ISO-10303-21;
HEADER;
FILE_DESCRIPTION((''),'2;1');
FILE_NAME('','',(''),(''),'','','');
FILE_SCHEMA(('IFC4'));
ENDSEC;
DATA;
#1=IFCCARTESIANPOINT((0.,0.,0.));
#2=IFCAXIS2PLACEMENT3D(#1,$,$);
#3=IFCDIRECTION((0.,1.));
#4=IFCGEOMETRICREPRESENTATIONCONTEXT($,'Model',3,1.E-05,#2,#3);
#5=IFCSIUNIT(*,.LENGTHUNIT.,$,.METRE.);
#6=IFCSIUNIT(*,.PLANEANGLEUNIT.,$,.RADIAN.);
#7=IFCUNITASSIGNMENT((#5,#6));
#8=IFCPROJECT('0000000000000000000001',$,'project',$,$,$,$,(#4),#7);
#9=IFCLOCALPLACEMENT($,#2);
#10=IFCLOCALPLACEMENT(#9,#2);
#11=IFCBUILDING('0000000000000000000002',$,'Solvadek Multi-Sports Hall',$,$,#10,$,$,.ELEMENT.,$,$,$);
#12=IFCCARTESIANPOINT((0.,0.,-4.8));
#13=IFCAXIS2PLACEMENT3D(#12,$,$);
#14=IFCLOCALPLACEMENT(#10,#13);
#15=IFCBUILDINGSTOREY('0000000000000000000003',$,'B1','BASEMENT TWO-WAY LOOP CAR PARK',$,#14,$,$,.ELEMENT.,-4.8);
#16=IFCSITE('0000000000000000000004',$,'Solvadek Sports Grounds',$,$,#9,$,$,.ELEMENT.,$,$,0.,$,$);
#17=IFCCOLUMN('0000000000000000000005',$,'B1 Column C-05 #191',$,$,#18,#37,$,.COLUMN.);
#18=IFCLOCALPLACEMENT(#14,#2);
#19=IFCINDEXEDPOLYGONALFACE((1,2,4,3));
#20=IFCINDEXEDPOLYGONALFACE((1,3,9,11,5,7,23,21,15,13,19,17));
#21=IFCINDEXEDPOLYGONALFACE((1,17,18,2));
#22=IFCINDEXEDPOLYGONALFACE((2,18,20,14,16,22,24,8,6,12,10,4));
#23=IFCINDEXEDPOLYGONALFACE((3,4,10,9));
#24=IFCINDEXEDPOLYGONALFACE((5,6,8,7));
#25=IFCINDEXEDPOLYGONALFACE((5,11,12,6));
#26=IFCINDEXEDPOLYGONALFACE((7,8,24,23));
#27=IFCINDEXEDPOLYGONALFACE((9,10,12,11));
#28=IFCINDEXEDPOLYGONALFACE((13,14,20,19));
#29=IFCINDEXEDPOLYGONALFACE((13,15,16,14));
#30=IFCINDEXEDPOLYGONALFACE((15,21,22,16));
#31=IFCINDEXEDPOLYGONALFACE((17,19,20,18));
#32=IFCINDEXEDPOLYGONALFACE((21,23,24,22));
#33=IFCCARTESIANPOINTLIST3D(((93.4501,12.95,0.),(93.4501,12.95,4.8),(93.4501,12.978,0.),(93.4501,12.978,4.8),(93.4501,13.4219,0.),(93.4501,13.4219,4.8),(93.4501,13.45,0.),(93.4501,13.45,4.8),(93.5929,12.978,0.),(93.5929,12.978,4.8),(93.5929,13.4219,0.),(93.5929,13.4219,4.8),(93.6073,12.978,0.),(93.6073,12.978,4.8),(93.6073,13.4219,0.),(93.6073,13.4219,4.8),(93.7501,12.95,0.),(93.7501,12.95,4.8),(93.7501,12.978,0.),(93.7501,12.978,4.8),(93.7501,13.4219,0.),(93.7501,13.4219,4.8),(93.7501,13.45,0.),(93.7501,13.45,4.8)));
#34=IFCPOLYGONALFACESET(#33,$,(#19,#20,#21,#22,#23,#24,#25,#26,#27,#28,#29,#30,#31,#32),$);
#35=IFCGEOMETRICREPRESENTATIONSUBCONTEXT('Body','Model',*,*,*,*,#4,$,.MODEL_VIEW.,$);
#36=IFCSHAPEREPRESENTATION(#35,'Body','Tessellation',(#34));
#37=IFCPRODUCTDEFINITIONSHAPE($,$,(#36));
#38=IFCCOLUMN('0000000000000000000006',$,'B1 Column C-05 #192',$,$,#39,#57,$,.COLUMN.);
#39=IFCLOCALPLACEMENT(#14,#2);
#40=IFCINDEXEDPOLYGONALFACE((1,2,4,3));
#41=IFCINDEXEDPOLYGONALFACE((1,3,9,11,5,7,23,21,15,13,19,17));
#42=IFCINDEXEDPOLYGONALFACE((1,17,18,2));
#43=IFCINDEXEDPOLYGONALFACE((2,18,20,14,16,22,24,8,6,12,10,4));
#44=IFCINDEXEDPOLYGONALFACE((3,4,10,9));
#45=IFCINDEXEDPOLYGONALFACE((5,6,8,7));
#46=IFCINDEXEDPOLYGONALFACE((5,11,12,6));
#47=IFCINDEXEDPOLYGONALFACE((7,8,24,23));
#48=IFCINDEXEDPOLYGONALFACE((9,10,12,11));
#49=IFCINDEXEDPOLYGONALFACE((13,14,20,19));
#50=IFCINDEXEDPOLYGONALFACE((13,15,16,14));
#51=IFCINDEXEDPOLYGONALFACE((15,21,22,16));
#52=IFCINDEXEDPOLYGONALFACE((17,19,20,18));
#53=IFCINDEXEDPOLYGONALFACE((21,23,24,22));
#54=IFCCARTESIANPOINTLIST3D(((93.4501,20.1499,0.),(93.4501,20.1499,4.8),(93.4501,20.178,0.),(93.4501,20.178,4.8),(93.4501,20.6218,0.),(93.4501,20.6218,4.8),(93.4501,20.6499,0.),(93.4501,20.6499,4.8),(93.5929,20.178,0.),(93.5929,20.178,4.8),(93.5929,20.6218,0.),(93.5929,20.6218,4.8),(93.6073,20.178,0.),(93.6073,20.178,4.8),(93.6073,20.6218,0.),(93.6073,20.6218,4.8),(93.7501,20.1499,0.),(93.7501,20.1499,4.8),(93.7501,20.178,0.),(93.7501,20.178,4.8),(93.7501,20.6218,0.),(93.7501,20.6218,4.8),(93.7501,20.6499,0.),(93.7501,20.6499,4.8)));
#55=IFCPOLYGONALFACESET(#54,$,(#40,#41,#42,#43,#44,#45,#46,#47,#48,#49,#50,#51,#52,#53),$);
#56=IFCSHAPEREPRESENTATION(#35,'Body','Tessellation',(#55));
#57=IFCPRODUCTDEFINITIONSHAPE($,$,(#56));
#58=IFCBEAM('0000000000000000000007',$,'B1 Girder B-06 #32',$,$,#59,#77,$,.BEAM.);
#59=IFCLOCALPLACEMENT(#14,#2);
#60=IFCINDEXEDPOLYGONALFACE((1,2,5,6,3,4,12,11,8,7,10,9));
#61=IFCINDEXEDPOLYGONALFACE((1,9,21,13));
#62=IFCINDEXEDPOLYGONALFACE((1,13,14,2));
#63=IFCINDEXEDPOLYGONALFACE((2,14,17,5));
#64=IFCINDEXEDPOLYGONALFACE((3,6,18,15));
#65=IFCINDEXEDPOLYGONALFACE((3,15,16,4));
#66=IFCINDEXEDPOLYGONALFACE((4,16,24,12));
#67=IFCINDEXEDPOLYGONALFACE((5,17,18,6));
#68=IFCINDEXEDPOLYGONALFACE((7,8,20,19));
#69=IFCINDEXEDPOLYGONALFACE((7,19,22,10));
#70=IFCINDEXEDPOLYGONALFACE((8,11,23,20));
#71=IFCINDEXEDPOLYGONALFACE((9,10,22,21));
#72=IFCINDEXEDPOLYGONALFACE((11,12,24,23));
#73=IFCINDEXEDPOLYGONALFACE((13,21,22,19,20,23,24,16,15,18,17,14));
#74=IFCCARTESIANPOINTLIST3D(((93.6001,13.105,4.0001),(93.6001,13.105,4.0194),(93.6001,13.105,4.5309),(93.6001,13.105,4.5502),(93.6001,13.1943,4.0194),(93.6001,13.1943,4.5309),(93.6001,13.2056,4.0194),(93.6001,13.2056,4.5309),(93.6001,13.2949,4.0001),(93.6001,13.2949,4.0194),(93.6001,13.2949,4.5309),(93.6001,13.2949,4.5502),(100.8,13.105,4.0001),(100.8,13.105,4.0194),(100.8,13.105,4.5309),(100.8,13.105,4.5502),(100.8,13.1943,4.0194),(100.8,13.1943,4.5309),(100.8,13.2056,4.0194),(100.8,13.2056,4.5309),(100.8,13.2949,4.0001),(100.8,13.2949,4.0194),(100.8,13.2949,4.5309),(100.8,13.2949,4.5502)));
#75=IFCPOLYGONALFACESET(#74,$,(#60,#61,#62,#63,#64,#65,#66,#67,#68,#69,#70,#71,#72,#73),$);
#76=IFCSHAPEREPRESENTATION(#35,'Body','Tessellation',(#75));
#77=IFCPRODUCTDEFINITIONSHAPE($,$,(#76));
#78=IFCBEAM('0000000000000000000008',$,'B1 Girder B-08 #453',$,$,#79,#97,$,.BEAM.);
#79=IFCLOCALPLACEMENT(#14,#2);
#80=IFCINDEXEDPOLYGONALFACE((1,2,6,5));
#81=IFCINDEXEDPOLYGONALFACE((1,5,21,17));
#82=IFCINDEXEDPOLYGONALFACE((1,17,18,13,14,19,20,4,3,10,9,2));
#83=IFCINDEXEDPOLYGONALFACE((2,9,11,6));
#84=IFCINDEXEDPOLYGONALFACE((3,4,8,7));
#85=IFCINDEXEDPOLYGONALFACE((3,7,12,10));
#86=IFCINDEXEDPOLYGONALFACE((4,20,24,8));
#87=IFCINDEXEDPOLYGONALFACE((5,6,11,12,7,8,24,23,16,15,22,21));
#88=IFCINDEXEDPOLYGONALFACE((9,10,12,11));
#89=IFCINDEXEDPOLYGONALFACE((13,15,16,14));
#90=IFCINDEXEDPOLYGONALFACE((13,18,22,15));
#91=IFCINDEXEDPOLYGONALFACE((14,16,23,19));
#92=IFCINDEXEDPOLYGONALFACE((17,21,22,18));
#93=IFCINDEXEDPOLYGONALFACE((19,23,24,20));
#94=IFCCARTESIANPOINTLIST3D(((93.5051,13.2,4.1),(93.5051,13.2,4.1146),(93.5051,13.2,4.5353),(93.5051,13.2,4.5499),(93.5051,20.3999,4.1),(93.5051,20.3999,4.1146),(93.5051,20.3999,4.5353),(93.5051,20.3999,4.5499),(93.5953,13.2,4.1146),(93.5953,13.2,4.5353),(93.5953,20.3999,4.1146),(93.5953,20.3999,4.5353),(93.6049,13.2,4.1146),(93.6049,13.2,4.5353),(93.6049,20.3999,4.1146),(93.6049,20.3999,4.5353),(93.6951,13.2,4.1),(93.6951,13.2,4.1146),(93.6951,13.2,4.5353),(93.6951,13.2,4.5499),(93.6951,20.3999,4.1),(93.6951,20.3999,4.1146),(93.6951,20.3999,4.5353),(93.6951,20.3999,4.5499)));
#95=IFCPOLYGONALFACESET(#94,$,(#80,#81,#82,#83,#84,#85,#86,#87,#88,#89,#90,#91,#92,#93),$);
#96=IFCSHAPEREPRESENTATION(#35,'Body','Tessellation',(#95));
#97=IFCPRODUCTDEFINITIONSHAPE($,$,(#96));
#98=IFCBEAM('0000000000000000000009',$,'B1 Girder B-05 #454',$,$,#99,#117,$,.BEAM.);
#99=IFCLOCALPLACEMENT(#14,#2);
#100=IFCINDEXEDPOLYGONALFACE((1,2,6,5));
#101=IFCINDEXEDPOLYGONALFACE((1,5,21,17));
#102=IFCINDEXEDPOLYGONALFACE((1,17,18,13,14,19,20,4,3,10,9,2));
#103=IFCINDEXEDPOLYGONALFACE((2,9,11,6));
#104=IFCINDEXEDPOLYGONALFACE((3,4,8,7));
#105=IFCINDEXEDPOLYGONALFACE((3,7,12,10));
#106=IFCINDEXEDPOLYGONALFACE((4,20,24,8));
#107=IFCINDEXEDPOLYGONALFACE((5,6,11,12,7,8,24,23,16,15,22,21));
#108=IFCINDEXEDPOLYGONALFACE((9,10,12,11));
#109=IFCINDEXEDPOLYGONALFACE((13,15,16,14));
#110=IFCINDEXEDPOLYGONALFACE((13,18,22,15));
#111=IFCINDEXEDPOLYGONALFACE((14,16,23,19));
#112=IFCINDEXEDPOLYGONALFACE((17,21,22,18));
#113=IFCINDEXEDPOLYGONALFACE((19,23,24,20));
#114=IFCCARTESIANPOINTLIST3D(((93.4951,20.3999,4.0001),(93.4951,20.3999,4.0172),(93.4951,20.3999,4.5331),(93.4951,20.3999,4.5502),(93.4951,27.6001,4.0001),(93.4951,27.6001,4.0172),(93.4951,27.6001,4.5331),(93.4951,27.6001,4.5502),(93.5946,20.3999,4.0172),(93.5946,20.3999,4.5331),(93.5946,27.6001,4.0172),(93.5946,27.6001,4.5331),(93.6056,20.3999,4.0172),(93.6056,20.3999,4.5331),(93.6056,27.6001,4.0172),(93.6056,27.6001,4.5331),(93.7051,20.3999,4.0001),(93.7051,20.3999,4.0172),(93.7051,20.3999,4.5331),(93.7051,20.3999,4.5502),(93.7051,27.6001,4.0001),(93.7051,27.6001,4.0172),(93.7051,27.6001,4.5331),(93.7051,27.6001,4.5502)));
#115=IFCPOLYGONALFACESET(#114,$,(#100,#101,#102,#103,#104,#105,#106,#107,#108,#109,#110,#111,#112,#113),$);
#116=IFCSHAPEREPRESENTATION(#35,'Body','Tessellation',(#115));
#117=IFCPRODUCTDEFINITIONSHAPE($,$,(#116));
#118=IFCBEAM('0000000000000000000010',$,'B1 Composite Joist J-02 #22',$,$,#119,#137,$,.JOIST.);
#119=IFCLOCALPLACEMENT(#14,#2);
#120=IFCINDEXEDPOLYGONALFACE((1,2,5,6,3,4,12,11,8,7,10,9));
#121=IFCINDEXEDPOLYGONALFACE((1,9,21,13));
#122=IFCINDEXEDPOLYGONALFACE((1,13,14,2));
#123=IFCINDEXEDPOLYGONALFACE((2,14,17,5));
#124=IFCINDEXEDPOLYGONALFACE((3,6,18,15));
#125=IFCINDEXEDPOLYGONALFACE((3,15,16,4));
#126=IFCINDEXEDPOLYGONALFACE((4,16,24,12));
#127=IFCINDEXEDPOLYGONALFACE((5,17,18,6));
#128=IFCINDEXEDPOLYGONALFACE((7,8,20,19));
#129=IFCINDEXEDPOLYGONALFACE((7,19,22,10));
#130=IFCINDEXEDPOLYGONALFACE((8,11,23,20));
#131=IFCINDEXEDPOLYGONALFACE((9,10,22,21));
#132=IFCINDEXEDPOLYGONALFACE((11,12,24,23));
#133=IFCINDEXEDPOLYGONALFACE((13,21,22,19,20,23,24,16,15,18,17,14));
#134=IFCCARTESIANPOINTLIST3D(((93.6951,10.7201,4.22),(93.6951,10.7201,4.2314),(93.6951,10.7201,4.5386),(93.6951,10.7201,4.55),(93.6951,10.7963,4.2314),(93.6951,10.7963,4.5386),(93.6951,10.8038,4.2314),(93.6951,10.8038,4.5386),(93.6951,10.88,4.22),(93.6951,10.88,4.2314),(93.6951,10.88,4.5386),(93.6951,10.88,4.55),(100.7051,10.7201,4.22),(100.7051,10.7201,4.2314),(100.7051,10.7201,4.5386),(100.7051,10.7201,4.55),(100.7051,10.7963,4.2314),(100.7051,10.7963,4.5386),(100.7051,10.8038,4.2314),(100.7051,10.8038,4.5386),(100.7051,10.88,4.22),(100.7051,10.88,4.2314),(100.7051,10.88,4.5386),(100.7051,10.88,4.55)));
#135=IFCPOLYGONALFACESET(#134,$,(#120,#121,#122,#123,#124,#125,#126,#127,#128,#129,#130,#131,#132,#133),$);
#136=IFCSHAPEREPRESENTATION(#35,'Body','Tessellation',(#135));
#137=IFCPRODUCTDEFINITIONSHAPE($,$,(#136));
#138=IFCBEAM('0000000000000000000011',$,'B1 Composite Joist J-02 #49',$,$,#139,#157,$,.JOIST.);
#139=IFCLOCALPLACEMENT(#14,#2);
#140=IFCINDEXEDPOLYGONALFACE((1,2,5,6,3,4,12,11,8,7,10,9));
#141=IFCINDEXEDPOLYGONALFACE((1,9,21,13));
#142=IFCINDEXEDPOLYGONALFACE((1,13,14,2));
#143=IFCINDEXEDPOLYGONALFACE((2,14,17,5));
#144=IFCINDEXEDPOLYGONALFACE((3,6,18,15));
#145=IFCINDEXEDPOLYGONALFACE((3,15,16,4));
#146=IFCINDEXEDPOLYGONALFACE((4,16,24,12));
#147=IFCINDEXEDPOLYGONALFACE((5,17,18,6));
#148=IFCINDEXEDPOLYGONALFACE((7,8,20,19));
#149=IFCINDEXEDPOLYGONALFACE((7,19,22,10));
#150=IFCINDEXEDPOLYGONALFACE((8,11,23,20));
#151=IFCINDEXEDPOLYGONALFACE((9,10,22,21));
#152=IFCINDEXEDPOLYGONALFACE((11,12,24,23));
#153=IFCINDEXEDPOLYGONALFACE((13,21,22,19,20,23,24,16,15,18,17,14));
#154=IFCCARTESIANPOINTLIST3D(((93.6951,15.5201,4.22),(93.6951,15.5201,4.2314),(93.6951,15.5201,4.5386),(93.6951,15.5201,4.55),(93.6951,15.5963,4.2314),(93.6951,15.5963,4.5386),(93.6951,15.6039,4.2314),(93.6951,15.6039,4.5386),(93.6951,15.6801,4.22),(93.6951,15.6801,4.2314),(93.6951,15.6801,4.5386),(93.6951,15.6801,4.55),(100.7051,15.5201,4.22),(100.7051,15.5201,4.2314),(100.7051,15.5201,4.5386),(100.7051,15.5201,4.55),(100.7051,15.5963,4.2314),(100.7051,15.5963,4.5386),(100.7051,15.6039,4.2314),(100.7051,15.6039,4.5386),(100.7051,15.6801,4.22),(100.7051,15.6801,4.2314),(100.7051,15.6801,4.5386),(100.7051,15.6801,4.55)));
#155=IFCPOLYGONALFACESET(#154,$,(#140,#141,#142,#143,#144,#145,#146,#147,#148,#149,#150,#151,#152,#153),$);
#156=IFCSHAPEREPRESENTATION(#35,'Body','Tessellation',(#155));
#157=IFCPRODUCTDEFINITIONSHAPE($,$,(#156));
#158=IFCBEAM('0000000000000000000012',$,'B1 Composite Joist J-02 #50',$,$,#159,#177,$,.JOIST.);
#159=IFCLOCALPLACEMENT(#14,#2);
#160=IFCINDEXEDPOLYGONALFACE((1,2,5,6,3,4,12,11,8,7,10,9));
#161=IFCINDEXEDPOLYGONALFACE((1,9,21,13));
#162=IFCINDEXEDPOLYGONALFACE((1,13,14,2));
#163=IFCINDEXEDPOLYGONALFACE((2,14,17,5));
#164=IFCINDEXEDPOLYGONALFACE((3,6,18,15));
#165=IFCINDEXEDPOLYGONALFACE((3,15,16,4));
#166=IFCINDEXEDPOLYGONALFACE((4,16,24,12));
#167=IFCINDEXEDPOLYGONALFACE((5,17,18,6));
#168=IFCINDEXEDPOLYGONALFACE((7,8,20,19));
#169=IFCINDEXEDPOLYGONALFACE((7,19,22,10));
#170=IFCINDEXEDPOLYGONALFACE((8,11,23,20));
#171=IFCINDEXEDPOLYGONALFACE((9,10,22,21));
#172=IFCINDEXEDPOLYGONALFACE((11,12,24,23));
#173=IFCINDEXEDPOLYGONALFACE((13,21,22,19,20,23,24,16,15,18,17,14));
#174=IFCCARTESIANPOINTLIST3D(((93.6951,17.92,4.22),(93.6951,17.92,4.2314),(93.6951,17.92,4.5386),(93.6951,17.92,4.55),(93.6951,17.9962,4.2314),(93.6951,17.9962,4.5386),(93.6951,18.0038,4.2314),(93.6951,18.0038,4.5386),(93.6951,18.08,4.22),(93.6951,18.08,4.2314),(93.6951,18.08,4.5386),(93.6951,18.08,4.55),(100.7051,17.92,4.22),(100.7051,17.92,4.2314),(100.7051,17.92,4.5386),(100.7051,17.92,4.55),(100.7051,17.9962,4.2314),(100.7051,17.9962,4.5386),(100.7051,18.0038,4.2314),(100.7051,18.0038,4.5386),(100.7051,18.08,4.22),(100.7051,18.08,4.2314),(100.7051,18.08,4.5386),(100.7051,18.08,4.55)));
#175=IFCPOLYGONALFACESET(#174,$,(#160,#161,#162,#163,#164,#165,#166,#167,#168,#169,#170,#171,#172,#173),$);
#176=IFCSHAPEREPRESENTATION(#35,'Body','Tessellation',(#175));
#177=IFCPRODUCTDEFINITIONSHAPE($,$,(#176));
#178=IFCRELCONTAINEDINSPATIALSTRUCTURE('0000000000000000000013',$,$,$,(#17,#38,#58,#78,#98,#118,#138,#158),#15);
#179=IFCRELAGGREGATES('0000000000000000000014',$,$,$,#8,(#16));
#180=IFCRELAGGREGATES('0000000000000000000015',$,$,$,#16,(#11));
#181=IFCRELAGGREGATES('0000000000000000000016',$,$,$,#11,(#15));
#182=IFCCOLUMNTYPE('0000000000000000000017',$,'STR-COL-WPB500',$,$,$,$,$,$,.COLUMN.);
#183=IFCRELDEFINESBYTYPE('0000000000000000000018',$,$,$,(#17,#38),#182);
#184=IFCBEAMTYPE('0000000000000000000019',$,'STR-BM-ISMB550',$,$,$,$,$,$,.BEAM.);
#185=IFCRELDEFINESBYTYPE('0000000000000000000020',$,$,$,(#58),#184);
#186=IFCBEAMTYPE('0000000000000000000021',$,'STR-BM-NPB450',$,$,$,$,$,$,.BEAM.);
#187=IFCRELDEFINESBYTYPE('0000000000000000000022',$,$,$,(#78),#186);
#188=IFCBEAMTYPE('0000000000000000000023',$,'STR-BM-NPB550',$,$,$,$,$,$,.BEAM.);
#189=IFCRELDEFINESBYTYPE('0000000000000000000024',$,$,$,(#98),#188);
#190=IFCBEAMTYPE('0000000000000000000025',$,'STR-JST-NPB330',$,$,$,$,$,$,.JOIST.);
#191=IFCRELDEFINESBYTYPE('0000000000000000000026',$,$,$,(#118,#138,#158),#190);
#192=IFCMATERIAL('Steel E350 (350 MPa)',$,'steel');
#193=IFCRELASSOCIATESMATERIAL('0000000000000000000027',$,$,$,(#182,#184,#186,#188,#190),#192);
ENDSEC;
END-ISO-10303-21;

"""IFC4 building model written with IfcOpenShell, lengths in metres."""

from ifc_helpers import new_model, si_unit, direction, frame, origin, origin_2d, place, context, subcontext, project, spatial, i_section, extrude, material, material_profile, profile_set, type_object, element, save


model = new_model("IFC4")

# Units and contexts
model_context = context("Model", 3, precision=1e-05, world=origin(), true_north=direction((0.0, 1.0)))
body_context = subcontext(model_context, "Body", "Model", "MODEL_VIEW")
ifc_project = project(units=[si_unit("LENGTHUNIT", "METRE"), si_unit("PLANEANGLEUNIT", "RADIAN")], contexts=[model_context])

# Site, building, storey
site_placement = place(None, origin())
site = spatial("IfcSite", under=ifc_project, at=site_placement, Name="Solvadek Sports Grounds", CompositionType="ELEMENT", RefElevation=0.0)
building_placement = place(site_placement, origin())
building = spatial("IfcBuilding", under=site, at=building_placement, Name="Solvadek Multi-Sports Hall", CompositionType="ELEMENT")
storey_placement = place(building_placement, frame((0.0, 0.0, -4.8)))
storey = spatial("IfcBuildingStorey", under=building, at=storey_placement, Name="B1", Description="BASEMENT TWO-WAY LOOP CAR PARK", CompositionType="ELEMENT", Elevation=-4.8)

# Columns
ifc_material_1 = material(Name="Steel E350 (350 MPa)", Category="steel")
ifc_material_profile_1 = material_profile(ifc_material_1, i_section(OverallWidth=0.3, OverallDepth=0.5, WebThickness=0.0144, FlangeThickness=0.0281, at=origin_2d()), Name="WPB 500")
ifc_profile_set_1 = profile_set([ifc_material_profile_1], Name="Steel E350 (350 MPa)")
column_type = type_object("IfcColumnType", Name="STR-COL-WPB500", PredefinedType="COLUMN", material=ifc_profile_set_1)
for number, where, z_axis, x_axis, name in (
    (1, (93.6001, 13.2, 0.0), (0.0, 0.0, 1.0), (1.0, 0.0, 0.0), "B1 Column C-05 #191"),
    (2, (93.6001, 20.3999, 0.0), (0.0, 0.0, 1.0), (1.0, 0.0, 0.0), "B1 Column C-05 #192"),
):
    element("IfcColumn", number, at=place(storey_placement, frame(where, z_axis=z_axis, x_axis=x_axis)), inside=storey, type_object=column_type, Name=name, PredefinedType="COLUMN", context=body_context, shape_type="SweptSolid", body=[
        extrude(i_section(OverallWidth=0.3, OverallDepth=0.5, WebThickness=0.0144, FlangeThickness=0.0281, at=origin_2d()), origin(), (0.0, 0.0, 1.0), 4.8),
    ])

# Beams
ifc_material_profile_2 = material_profile(ifc_material_1, i_section(OverallWidth=0.1899, OverallDepth=0.55, WebThickness=0.0112, FlangeThickness=0.0193, at=origin_2d()), Name="ISMB 550")
ifc_profile_set_2 = profile_set([ifc_material_profile_2], Name="Steel E350 (350 MPa)")
beam_type_1 = type_object("IfcBeamType", Name="STR-BM-ISMB550", PredefinedType="BEAM", material=ifc_profile_set_2)
beam_1_placement = place(storey_placement, frame((93.6001, 13.2, 4.2751), z_axis=(1.0, 0.0, 0.0), x_axis=(0.0, 1.0, 0.0)))
element("IfcBeam", 3, at=beam_1_placement, inside=storey, type_object=beam_type_1, Name="B1 Girder B-06 #32", PredefinedType="BEAM", context=body_context, shape_type="SweptSolid", body=[
    extrude(i_section(OverallWidth=0.1899, OverallDepth=0.55, WebThickness=0.0112, FlangeThickness=0.0193, at=origin_2d()), origin(), (0.0, 0.0, 1.0), 7.2),
])
ifc_material_profile_3 = material_profile(ifc_material_1, i_section(OverallWidth=0.1899, OverallDepth=0.45, WebThickness=0.0095, FlangeThickness=0.0146, at=origin_2d()), Name="NPB 450")
ifc_profile_set_3 = profile_set([ifc_material_profile_3], Name="Steel E350 (350 MPa)")
beam_type_2 = type_object("IfcBeamType", Name="STR-BM-NPB450", PredefinedType="BEAM", material=ifc_profile_set_3)
beam_2_placement = place(storey_placement, frame((93.6001, 13.2, 4.325), z_axis=(0.0, 1.0, 0.0), x_axis=(-1.0, 0.0, 0.0)))
element("IfcBeam", 4, at=beam_2_placement, inside=storey, type_object=beam_type_2, Name="B1 Girder B-08 #453", PredefinedType="BEAM", context=body_context, shape_type="SweptSolid", body=[
    extrude(i_section(OverallWidth=0.1899, OverallDepth=0.45, WebThickness=0.0095, FlangeThickness=0.0146, at=origin_2d()), origin(), (0.0, 0.0, 1.0), 7.2),
])
ifc_material_profile_4 = material_profile(ifc_material_1, i_section(OverallWidth=0.21, OverallDepth=0.55, WebThickness=0.011, FlangeThickness=0.0171, at=origin_2d()), Name="NPB 550")
ifc_profile_set_4 = profile_set([ifc_material_profile_4], Name="Steel E350 (350 MPa)")
beam_type_3 = type_object("IfcBeamType", Name="STR-BM-NPB550", PredefinedType="BEAM", material=ifc_profile_set_4)
beam_3_placement = place(storey_placement, frame((93.6001, 20.3999, 4.2751), z_axis=(0.0, 1.0, 0.0), x_axis=(-1.0, 0.0, 0.0)))
element("IfcBeam", 5, at=beam_3_placement, inside=storey, type_object=beam_type_3, Name="B1 Girder B-05 #454", PredefinedType="BEAM", context=body_context, shape_type="SweptSolid", body=[
    extrude(i_section(OverallWidth=0.21, OverallDepth=0.55, WebThickness=0.011, FlangeThickness=0.0171, at=origin_2d()), origin(), (0.0, 0.0, 1.0), 7.2002),
])
ifc_material_profile_5 = material_profile(ifc_material_1, i_section(OverallWidth=0.1599, OverallDepth=0.3301, WebThickness=0.0076, FlangeThickness=0.0115, at=origin_2d()), Name="NPB 330")
ifc_profile_set_5 = profile_set([ifc_material_profile_5], Name="Steel E350 (350 MPa)")
beam_type_4 = type_object("IfcBeamType", Name="STR-JST-NPB330", PredefinedType="JOIST", material=ifc_profile_set_5)
for number, where, z_axis, x_axis, name in (
    (6, (93.6951, 10.8, 4.385), (1.0, 0.0, 0.0), (0.0, 1.0, 0.0), "B1 Composite Joist J-02 #22"),
    (7, (93.6951, 15.6001, 4.385), (1.0, 0.0, 0.0), (0.0, 1.0, 0.0), "B1 Composite Joist J-02 #49"),
    (8, (93.6951, 18.0, 4.385), (1.0, 0.0, 0.0), (0.0, 1.0, 0.0), "B1 Composite Joist J-02 #50"),
):
    element("IfcBeam", number, at=place(storey_placement, frame(where, z_axis=z_axis, x_axis=x_axis)), inside=storey, type_object=beam_type_4, Name=name, PredefinedType="JOIST", context=body_context, shape_type="SweptSolid", body=[
        extrude(i_section(OverallWidth=0.1599, OverallDepth=0.3301, WebThickness=0.0076, FlangeThickness=0.0115, at=origin_2d()), origin(), (0.0, 0.0, 1.0), 7.01),
    ])

save(model, "model.ifc")
